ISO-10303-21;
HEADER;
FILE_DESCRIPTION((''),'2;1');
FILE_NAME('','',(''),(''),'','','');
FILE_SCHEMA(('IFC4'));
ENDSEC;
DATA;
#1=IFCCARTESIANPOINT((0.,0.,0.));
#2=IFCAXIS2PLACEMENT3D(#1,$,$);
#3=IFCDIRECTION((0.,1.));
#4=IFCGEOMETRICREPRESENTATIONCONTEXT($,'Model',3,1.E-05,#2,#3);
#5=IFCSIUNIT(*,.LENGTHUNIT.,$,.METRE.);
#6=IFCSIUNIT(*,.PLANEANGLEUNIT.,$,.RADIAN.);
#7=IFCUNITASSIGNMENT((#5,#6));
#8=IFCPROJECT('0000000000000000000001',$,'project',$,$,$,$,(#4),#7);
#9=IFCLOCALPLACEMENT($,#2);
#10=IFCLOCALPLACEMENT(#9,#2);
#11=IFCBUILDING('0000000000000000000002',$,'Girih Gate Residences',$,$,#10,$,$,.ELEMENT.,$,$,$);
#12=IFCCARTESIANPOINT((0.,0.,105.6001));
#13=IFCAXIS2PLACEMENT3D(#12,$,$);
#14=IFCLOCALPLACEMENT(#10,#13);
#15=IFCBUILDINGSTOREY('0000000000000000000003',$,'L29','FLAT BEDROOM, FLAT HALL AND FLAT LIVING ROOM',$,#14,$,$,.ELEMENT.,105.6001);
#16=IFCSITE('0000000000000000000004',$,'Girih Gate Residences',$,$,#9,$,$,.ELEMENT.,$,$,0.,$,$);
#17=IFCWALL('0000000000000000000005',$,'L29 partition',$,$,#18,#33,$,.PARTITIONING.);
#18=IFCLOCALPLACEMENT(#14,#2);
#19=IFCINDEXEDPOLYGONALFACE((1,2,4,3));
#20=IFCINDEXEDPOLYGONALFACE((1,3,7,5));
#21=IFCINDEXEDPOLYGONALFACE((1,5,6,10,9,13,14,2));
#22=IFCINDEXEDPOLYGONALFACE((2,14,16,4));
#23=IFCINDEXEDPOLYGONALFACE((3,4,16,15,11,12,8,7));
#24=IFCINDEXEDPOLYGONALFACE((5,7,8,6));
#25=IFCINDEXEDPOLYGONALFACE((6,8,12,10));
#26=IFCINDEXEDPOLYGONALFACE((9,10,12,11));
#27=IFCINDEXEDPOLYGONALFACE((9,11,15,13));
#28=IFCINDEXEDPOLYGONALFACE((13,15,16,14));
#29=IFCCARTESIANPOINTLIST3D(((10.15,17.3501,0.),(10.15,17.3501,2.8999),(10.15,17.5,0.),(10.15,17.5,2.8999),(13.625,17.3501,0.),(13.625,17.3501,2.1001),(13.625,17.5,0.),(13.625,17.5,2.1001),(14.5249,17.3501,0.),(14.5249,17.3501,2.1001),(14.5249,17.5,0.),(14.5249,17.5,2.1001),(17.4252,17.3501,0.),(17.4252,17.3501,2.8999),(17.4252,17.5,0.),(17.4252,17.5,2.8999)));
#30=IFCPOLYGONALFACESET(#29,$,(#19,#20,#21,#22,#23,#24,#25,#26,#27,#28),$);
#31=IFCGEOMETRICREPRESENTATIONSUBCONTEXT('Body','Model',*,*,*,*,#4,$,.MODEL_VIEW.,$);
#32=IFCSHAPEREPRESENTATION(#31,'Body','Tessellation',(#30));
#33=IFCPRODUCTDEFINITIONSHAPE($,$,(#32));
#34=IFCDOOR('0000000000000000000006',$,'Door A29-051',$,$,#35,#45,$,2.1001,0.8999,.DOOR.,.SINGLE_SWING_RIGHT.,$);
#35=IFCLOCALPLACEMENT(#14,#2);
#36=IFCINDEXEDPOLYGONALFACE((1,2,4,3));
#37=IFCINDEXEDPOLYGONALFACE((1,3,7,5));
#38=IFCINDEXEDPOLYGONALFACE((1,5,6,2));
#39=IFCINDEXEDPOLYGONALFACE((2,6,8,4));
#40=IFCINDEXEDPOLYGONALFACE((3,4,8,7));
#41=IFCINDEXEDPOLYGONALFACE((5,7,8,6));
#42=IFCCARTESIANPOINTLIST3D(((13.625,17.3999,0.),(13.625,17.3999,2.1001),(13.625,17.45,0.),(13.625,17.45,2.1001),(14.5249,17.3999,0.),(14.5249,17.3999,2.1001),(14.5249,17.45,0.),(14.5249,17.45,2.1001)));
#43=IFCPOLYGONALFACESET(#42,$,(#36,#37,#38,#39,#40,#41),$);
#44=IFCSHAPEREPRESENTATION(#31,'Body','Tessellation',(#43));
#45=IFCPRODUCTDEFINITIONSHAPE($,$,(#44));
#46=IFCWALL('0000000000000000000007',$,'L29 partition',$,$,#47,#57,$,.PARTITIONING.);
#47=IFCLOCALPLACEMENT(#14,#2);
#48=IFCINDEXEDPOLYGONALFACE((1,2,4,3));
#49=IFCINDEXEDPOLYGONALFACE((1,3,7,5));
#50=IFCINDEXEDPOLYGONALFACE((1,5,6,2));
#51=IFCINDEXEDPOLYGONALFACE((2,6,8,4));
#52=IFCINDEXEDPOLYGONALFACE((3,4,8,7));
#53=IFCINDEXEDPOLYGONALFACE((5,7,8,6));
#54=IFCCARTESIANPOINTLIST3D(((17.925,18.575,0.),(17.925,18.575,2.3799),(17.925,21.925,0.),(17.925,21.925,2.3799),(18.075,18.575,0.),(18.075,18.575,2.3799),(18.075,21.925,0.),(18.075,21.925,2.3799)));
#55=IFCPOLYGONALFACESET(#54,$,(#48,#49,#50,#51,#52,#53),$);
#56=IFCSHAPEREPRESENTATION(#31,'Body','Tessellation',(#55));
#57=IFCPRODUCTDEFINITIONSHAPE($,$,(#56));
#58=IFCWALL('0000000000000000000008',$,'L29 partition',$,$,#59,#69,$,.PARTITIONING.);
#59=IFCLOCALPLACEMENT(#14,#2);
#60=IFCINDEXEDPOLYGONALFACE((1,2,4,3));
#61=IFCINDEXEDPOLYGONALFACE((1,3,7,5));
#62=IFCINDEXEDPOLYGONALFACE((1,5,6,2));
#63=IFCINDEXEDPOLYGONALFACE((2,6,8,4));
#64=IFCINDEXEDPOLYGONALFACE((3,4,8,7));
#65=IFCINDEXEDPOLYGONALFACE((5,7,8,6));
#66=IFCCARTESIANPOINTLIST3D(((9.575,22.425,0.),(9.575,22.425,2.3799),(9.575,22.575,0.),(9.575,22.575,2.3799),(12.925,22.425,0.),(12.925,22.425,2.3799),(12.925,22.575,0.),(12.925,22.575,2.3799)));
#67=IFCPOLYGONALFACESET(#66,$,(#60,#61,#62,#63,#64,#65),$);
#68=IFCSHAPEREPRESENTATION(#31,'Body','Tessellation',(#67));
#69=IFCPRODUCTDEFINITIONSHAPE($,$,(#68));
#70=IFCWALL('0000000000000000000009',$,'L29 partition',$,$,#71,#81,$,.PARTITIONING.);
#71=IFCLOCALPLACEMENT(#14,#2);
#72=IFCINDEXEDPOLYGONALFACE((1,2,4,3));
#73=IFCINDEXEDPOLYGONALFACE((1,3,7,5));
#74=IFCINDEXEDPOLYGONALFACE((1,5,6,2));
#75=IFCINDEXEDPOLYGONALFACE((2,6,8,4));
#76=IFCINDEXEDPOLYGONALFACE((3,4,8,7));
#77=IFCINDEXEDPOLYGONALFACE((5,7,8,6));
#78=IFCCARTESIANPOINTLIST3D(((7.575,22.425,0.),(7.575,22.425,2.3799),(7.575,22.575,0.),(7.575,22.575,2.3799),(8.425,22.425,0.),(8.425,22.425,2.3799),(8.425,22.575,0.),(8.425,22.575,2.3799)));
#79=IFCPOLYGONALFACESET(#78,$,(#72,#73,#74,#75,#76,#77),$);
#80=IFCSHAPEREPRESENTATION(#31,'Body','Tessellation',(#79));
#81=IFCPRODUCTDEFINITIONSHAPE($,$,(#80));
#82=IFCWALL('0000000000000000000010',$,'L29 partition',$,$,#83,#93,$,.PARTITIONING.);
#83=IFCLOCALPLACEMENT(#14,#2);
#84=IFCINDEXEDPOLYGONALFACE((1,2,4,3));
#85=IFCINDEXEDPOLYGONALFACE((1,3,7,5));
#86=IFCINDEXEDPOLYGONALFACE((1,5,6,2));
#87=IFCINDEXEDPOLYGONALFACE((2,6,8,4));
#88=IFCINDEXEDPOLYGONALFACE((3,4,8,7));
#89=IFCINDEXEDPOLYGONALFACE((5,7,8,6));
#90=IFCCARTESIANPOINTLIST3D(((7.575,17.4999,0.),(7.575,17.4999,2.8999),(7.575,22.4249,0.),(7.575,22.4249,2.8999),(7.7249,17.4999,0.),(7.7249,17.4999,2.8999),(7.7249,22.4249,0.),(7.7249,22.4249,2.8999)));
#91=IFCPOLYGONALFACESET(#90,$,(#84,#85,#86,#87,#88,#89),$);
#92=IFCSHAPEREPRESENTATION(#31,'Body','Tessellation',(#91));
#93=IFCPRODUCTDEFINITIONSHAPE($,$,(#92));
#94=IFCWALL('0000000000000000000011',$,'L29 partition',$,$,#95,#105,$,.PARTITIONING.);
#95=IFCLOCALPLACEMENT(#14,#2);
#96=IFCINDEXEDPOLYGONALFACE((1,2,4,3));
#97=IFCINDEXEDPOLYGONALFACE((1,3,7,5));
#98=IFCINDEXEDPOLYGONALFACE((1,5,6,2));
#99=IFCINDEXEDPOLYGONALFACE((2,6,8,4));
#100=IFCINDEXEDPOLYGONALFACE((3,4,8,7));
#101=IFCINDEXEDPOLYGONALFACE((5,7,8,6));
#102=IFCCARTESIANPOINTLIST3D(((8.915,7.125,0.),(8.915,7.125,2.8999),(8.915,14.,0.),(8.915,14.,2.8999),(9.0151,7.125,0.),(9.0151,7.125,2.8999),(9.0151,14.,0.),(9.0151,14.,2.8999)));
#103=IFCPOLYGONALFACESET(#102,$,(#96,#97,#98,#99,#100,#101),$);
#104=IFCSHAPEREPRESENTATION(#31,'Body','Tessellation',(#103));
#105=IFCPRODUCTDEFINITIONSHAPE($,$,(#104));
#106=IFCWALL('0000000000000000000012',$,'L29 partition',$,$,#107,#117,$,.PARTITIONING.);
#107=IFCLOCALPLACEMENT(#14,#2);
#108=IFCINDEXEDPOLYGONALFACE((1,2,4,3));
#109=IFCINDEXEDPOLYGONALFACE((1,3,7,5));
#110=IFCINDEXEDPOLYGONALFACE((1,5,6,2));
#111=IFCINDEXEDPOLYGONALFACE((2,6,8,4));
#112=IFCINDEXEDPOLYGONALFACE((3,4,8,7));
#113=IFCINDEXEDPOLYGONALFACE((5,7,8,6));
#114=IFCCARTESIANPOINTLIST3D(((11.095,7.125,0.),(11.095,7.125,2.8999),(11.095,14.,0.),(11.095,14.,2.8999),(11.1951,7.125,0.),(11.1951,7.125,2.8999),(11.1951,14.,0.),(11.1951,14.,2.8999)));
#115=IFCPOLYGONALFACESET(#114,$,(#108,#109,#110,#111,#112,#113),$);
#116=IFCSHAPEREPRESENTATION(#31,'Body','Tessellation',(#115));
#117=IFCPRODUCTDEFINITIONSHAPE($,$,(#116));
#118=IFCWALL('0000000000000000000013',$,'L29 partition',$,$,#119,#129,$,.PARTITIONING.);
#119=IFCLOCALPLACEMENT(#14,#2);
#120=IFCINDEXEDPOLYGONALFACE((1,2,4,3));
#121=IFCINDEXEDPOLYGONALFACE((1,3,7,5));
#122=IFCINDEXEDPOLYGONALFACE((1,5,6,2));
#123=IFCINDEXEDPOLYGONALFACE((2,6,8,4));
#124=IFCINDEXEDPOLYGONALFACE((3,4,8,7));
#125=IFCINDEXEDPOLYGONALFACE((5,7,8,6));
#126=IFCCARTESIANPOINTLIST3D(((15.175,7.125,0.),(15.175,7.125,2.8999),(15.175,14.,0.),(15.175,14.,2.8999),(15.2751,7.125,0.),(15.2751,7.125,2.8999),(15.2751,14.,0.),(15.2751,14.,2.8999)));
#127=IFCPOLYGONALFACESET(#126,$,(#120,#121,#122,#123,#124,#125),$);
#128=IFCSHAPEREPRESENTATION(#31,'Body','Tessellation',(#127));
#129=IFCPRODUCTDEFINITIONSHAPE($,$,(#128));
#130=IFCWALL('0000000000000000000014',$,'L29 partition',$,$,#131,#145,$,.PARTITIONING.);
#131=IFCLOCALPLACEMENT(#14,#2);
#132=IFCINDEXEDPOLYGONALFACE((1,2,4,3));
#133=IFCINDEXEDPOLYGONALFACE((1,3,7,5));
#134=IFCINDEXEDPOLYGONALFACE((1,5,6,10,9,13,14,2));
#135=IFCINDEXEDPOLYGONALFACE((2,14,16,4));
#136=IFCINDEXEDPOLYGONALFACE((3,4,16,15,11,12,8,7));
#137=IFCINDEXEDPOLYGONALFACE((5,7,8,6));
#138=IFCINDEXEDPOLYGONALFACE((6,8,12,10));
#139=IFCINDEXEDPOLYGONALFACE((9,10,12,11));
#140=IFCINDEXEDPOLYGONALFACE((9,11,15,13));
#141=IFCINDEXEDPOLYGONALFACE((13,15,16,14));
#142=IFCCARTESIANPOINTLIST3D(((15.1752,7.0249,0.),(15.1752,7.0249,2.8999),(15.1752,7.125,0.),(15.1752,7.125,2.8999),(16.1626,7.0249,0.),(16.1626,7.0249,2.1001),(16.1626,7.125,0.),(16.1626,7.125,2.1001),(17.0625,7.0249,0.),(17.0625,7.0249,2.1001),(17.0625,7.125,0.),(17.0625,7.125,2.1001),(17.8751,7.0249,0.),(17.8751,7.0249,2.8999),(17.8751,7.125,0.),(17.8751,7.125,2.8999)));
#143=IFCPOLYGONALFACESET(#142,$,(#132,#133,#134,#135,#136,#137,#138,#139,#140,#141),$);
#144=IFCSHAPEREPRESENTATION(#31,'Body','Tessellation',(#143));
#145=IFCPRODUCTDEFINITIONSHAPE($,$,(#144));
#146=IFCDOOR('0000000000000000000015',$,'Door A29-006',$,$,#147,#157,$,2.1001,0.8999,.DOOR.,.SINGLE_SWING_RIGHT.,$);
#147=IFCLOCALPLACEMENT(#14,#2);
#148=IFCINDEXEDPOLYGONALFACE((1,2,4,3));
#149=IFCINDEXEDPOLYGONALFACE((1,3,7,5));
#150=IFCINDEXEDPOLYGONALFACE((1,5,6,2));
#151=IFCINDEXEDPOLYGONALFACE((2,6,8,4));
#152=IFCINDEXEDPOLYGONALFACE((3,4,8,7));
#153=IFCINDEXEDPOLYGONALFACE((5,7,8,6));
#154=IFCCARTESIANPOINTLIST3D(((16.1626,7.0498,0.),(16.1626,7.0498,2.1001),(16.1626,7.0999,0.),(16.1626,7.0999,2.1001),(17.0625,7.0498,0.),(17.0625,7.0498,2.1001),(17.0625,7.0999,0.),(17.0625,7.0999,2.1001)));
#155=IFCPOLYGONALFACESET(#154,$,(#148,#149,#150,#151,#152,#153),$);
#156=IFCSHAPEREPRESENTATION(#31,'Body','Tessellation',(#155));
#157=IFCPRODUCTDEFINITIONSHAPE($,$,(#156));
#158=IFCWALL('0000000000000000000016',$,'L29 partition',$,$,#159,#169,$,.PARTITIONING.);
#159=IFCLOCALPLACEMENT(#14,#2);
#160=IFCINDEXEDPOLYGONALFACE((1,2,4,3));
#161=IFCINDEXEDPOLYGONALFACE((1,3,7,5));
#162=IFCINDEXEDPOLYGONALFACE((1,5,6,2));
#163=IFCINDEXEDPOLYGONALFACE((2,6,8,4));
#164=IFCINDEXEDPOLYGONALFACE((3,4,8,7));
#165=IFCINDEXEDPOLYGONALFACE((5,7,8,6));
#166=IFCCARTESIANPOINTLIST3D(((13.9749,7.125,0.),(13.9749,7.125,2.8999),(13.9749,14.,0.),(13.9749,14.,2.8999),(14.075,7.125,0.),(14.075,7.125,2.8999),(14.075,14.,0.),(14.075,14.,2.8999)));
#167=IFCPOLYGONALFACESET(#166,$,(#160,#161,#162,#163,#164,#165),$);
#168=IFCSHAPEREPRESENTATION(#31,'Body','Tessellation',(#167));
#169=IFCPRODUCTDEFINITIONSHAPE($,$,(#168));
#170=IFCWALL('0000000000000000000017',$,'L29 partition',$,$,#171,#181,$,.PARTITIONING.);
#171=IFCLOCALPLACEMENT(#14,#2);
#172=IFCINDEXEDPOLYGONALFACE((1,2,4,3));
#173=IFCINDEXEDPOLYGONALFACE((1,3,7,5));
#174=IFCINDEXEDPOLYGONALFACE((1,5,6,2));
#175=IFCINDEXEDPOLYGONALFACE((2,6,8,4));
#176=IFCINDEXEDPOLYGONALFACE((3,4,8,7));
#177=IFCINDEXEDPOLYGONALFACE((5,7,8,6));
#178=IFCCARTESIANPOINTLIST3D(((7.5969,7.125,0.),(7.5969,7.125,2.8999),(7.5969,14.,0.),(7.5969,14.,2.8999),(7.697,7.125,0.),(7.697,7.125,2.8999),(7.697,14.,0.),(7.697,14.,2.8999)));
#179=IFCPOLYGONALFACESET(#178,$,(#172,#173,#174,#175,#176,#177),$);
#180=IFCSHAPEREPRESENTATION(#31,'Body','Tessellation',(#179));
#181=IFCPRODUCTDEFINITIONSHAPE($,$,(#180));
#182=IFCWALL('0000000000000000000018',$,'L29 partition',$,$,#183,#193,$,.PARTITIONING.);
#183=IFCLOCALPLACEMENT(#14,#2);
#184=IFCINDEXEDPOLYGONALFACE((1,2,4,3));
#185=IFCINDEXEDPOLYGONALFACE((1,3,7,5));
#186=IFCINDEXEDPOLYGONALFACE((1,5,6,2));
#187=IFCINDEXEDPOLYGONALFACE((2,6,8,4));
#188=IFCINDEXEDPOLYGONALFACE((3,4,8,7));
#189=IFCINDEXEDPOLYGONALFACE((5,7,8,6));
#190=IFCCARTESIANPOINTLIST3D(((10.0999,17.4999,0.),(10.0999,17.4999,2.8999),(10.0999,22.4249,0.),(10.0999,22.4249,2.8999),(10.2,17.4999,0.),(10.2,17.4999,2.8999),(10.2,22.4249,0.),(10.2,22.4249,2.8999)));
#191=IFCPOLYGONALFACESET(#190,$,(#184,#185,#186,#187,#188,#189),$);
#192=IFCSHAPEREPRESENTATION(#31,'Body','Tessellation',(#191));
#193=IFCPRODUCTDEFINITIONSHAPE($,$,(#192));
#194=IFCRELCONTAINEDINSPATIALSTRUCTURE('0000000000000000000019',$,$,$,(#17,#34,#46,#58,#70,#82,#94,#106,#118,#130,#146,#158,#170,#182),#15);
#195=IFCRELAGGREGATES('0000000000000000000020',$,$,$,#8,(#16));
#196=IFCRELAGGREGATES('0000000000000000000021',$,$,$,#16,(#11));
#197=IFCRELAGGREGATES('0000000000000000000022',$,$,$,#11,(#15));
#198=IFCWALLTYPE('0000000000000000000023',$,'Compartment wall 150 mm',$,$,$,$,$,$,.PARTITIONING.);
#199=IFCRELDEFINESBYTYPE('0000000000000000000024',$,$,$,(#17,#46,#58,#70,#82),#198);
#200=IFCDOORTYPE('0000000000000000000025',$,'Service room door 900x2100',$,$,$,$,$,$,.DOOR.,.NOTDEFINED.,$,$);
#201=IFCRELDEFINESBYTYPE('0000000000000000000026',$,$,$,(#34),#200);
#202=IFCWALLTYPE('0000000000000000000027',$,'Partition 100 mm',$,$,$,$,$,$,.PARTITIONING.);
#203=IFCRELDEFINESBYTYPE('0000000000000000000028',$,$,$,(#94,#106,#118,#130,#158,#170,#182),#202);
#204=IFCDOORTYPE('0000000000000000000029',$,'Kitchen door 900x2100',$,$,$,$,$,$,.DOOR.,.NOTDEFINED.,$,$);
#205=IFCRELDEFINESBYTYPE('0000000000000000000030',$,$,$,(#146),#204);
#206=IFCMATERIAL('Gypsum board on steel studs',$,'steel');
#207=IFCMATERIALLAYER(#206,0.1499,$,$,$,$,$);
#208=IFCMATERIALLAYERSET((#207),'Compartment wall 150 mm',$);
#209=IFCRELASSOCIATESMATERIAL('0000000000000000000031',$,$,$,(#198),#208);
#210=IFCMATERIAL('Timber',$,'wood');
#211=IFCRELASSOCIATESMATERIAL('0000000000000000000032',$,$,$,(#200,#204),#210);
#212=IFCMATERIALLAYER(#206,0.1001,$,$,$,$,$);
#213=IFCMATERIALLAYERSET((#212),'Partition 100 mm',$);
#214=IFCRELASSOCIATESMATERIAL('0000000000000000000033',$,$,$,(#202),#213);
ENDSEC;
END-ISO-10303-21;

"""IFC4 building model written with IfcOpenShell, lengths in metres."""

from ifc_helpers import new_model, si_unit, direction, frame, frame_2d, origin, place, context, subcontext, project, spatial, rectangle, extrude, material, layer, layer_set, type_object, element, fill, save


model = new_model("IFC4")

# Units and contexts
model_context = context("Model", 3, precision=1e-05, world=origin(), true_north=direction((0.0, 1.0)))
body_context = subcontext(model_context, "Body", "Model", "MODEL_VIEW")
ifc_project = project(units=[si_unit("LENGTHUNIT", "METRE"), si_unit("PLANEANGLEUNIT", "RADIAN")], contexts=[model_context])

# Site, building, storey
site_placement = place(None, origin())
site = spatial("IfcSite", under=ifc_project, at=site_placement, Name="Girih Gate Residences", CompositionType="ELEMENT", RefElevation=0.0)
building_placement = place(site_placement, origin())
building = spatial("IfcBuilding", under=site, at=building_placement, Name="Girih Gate Residences", CompositionType="ELEMENT")
storey_placement = place(building_placement, frame((0.0, 0.0, 105.6001)))
storey = spatial("IfcBuildingStorey", under=building, at=storey_placement, Name="L29", Description="FLAT BEDROOM, FLAT HALL AND FLAT LIVING ROOM", CompositionType="ELEMENT", Elevation=105.6001)

# Shared definitions
ifc_material_1 = material(Name="Gypsum board on steel studs", Category="steel")

# Shared definitions
ifc_layer_1 = layer(ifc_material_1, 0.1499)
ifc_layer_set_1 = layer_set([ifc_layer_1], Name="Compartment wall 150 mm")
wall_type_1 = type_object("IfcWallType", Name="Compartment wall 150 mm", PredefinedType="PARTITIONING", material=ifc_layer_set_1)

# Wall, opening, door
wall_1_placement = place(storey_placement, frame((10.1499, 17.425, 0.0), z_axis=(0.0, 0.0, 1.0), x_axis=(1.0, 0.0, 0.0)))
wall_1 = element("IfcWall", 1, at=wall_1_placement, inside=storey, type_object=wall_type_1, Name="L29 partition", PredefinedType="PARTITIONING", context=body_context, shape_type="SweptSolid", body=[
    extrude(rectangle(XDim=7.2751, YDim=0.1499, at=frame_2d((3.6377, 0.0))), origin(), (0.0, 0.0, 1.0), 2.8999),
])
opening_1_placement = place(wall_1_placement, frame((3.4751, 0.0, 0.0)))
opening_1 = element("IfcOpeningElement", 2, at=opening_1_placement, cuts=wall_1, PredefinedType="OPENING", context=body_context, shape_type="SweptSolid", body=[
    extrude(rectangle(XDim=0.8999, YDim=2.1001, at=frame_2d((0.45, 1.05))), frame((0.0, 0.085, 0.0), z_axis=(0.0, -1.0, 0.0), x_axis=(1.0, 0.0, 0.0)), (0.0, 0.0, 1.0), 0.1699),
])
ifc_material_2 = material(Name="Timber", Category="wood")
door_type_1 = type_object("IfcDoorType", Name="Service room door 900x2100", OperationType="NOTDEFINED", PredefinedType="DOOR", material=ifc_material_2)
door_1_placement = place(opening_1_placement, origin())
door_1 = element("IfcDoor", 3, at=door_1_placement, inside=storey, type_object=door_type_1, Name="Door A29-051", OperationType="SINGLE_SWING_RIGHT", OverallHeight=2.1001, OverallWidth=0.8999, PredefinedType="DOOR", context=body_context, shape_type="SweptSolid", body=[
    extrude(rectangle(XDim=0.8999, YDim=2.1001, at=frame_2d((0.45, 1.05))), frame((0.0, 0.0249, 0.0), z_axis=(0.0, -1.0, 0.0), x_axis=(1.0, 0.0, 0.0)), (0.0, 0.0, 1.0), 0.05),
])
fill(opening_1, door_1)

# Walls
for number, where, z_axis, x_axis, name in (
    (4, (18.0, 18.575, 0.0), (0.0, 0.0, 1.0), (0.0, 1.0, 0.0), "L29 partition"),
    (5, (9.575, 22.5, 0.0), (0.0, 0.0, 1.0), (1.0, 0.0, 0.0), "L29 partition"),
):
    element("IfcWall", number, at=place(storey_placement, frame(where, z_axis=z_axis, x_axis=x_axis)), inside=storey, type_object=wall_type_1, Name=name, PredefinedType="PARTITIONING", context=body_context, shape_type="SweptSolid", body=[
        extrude(rectangle(XDim=3.3501, YDim=0.1499, at=frame_2d((1.675, 0.0))), origin(), (0.0, 0.0, 1.0), 2.3799),
    ])
wall_2_placement = place(storey_placement, frame((7.575, 22.5, 0.0), z_axis=(0.0, 0.0, 1.0), x_axis=(1.0, 0.0, 0.0)))
element("IfcWall", 6, at=wall_2_placement, inside=storey, type_object=wall_type_1, Name="L29 partition", PredefinedType="PARTITIONING", context=body_context, shape_type="SweptSolid", body=[
    extrude(rectangle(XDim=0.8501, YDim=0.1499, at=frame_2d((0.425, 0.0))), origin(), (0.0, 0.0, 1.0), 2.3799),
])
wall_3_placement = place(storey_placement, frame((7.6499, 17.5, 0.0), z_axis=(0.0, 0.0, 1.0), x_axis=(0.0, 1.0, 0.0)))
element("IfcWall", 7, at=wall_3_placement, inside=storey, type_object=wall_type_1, Name="L29 partition", PredefinedType="PARTITIONING", context=body_context, shape_type="SweptSolid", body=[
    extrude(rectangle(XDim=4.925, YDim=0.1499, at=frame_2d((2.4624, 0.0))), origin(), (0.0, 0.0, 1.0), 2.8999),
])
ifc_layer_2 = layer(ifc_material_1, 0.1001)
ifc_layer_set_2 = layer_set([ifc_layer_2], Name="Partition 100 mm")
wall_type_2 = type_object("IfcWallType", Name="Partition 100 mm", PredefinedType="PARTITIONING", material=ifc_layer_set_2)
for number, where, z_axis, x_axis, name in (
    (8, (8.9651, 7.125, 0.0), (0.0, 0.0, 1.0), (0.0, 1.0, 0.0), "L29 partition"),
    (9, (11.145, 7.125, 0.0), (0.0, 0.0, 1.0), (0.0, 1.0, 0.0), "L29 partition"),
    (10, (15.2251, 7.125, 0.0), (0.0, 0.0, 1.0), (0.0, 1.0, 0.0), "L29 partition"),
):
    element("IfcWall", number, at=place(storey_placement, frame(where, z_axis=z_axis, x_axis=x_axis)), inside=storey, type_object=wall_type_2, Name=name, PredefinedType="PARTITIONING", context=body_context, shape_type="SweptSolid", body=[
        extrude(rectangle(XDim=6.875, YDim=0.1001, at=frame_2d((3.4375, 0.0))), origin(), (0.0, 0.0, 1.0), 2.8999),
    ])

# Wall, opening, door
wall_4_placement = place(storey_placement, frame((15.175, 7.075, 0.0), z_axis=(0.0, 0.0, 1.0), x_axis=(1.0, 0.0, 0.0)))
wall_4 = element("IfcWall", 11, at=wall_4_placement, inside=storey, type_object=wall_type_2, Name="L29 partition", PredefinedType="PARTITIONING", context=body_context, shape_type="SweptSolid", body=[
    extrude(rectangle(XDim=2.7, YDim=0.1001, at=frame_2d((1.3501, 0.0))), origin(), (0.0, 0.0, 1.0), 2.8999),
])
opening_2_placement = place(wall_4_placement, frame((0.9875, 0.0, 0.0)))
opening_2 = element("IfcOpeningElement", 12, at=opening_2_placement, cuts=wall_4, PredefinedType="OPENING", context=body_context, shape_type="SweptSolid", body=[
    extrude(rectangle(XDim=0.8999, YDim=2.1001, at=frame_2d((0.45, 1.05))), frame((0.0, 0.0601, 0.0), z_axis=(0.0, -1.0, 0.0), x_axis=(1.0, 0.0, 0.0)), (0.0, 0.0, 1.0), 0.1201),
])
door_type_2 = type_object("IfcDoorType", Name="Kitchen door 900x2100", OperationType="NOTDEFINED", PredefinedType="DOOR", material=ifc_material_2)
door_2_placement = place(opening_2_placement, origin())
door_2 = element("IfcDoor", 13, at=door_2_placement, inside=storey, type_object=door_type_2, Name="Door A29-006", OperationType="SINGLE_SWING_RIGHT", OverallHeight=2.1001, OverallWidth=0.8999, PredefinedType="DOOR", context=body_context, shape_type="SweptSolid", body=[
    extrude(rectangle(XDim=0.8999, YDim=2.1001, at=frame_2d((0.45, 1.05))), frame((0.0, 0.0249, 0.0), z_axis=(0.0, -1.0, 0.0), x_axis=(1.0, 0.0, 0.0)), (0.0, 0.0, 1.0), 0.05),
])
fill(opening_2, door_2)

# Walls
for number, where, z_axis, x_axis, name in (
    (14, (14.0249, 7.125, 0.0), (0.0, 0.0, 1.0), (0.0, 1.0, 0.0), "L29 partition"),
    (15, (7.647, 7.125, 0.0), (0.0, 0.0, 1.0), (0.0, 1.0, 0.0), "L29 partition"),
):
    element("IfcWall", number, at=place(storey_placement, frame(where, z_axis=z_axis, x_axis=x_axis)), inside=storey, type_object=wall_type_2, Name=name, PredefinedType="PARTITIONING", context=body_context, shape_type="SweptSolid", body=[
        extrude(rectangle(XDim=6.875, YDim=0.1001, at=frame_2d((3.4375, 0.0))), origin(), (0.0, 0.0, 1.0), 2.8999),
    ])
wall_5_placement = place(storey_placement, frame((10.1499, 17.5, 0.0), z_axis=(0.0, 0.0, 1.0), x_axis=(0.0, 1.0, 0.0)))
element("IfcWall", 16, at=wall_5_placement, inside=storey, type_object=wall_type_2, Name="L29 partition", PredefinedType="PARTITIONING", context=body_context, shape_type="SweptSolid", body=[
    extrude(rectangle(XDim=4.925, YDim=0.1001, at=frame_2d((2.4624, 0.0))), origin(), (0.0, 0.0, 1.0), 2.8999),
])

save(model, "model.ifc")
